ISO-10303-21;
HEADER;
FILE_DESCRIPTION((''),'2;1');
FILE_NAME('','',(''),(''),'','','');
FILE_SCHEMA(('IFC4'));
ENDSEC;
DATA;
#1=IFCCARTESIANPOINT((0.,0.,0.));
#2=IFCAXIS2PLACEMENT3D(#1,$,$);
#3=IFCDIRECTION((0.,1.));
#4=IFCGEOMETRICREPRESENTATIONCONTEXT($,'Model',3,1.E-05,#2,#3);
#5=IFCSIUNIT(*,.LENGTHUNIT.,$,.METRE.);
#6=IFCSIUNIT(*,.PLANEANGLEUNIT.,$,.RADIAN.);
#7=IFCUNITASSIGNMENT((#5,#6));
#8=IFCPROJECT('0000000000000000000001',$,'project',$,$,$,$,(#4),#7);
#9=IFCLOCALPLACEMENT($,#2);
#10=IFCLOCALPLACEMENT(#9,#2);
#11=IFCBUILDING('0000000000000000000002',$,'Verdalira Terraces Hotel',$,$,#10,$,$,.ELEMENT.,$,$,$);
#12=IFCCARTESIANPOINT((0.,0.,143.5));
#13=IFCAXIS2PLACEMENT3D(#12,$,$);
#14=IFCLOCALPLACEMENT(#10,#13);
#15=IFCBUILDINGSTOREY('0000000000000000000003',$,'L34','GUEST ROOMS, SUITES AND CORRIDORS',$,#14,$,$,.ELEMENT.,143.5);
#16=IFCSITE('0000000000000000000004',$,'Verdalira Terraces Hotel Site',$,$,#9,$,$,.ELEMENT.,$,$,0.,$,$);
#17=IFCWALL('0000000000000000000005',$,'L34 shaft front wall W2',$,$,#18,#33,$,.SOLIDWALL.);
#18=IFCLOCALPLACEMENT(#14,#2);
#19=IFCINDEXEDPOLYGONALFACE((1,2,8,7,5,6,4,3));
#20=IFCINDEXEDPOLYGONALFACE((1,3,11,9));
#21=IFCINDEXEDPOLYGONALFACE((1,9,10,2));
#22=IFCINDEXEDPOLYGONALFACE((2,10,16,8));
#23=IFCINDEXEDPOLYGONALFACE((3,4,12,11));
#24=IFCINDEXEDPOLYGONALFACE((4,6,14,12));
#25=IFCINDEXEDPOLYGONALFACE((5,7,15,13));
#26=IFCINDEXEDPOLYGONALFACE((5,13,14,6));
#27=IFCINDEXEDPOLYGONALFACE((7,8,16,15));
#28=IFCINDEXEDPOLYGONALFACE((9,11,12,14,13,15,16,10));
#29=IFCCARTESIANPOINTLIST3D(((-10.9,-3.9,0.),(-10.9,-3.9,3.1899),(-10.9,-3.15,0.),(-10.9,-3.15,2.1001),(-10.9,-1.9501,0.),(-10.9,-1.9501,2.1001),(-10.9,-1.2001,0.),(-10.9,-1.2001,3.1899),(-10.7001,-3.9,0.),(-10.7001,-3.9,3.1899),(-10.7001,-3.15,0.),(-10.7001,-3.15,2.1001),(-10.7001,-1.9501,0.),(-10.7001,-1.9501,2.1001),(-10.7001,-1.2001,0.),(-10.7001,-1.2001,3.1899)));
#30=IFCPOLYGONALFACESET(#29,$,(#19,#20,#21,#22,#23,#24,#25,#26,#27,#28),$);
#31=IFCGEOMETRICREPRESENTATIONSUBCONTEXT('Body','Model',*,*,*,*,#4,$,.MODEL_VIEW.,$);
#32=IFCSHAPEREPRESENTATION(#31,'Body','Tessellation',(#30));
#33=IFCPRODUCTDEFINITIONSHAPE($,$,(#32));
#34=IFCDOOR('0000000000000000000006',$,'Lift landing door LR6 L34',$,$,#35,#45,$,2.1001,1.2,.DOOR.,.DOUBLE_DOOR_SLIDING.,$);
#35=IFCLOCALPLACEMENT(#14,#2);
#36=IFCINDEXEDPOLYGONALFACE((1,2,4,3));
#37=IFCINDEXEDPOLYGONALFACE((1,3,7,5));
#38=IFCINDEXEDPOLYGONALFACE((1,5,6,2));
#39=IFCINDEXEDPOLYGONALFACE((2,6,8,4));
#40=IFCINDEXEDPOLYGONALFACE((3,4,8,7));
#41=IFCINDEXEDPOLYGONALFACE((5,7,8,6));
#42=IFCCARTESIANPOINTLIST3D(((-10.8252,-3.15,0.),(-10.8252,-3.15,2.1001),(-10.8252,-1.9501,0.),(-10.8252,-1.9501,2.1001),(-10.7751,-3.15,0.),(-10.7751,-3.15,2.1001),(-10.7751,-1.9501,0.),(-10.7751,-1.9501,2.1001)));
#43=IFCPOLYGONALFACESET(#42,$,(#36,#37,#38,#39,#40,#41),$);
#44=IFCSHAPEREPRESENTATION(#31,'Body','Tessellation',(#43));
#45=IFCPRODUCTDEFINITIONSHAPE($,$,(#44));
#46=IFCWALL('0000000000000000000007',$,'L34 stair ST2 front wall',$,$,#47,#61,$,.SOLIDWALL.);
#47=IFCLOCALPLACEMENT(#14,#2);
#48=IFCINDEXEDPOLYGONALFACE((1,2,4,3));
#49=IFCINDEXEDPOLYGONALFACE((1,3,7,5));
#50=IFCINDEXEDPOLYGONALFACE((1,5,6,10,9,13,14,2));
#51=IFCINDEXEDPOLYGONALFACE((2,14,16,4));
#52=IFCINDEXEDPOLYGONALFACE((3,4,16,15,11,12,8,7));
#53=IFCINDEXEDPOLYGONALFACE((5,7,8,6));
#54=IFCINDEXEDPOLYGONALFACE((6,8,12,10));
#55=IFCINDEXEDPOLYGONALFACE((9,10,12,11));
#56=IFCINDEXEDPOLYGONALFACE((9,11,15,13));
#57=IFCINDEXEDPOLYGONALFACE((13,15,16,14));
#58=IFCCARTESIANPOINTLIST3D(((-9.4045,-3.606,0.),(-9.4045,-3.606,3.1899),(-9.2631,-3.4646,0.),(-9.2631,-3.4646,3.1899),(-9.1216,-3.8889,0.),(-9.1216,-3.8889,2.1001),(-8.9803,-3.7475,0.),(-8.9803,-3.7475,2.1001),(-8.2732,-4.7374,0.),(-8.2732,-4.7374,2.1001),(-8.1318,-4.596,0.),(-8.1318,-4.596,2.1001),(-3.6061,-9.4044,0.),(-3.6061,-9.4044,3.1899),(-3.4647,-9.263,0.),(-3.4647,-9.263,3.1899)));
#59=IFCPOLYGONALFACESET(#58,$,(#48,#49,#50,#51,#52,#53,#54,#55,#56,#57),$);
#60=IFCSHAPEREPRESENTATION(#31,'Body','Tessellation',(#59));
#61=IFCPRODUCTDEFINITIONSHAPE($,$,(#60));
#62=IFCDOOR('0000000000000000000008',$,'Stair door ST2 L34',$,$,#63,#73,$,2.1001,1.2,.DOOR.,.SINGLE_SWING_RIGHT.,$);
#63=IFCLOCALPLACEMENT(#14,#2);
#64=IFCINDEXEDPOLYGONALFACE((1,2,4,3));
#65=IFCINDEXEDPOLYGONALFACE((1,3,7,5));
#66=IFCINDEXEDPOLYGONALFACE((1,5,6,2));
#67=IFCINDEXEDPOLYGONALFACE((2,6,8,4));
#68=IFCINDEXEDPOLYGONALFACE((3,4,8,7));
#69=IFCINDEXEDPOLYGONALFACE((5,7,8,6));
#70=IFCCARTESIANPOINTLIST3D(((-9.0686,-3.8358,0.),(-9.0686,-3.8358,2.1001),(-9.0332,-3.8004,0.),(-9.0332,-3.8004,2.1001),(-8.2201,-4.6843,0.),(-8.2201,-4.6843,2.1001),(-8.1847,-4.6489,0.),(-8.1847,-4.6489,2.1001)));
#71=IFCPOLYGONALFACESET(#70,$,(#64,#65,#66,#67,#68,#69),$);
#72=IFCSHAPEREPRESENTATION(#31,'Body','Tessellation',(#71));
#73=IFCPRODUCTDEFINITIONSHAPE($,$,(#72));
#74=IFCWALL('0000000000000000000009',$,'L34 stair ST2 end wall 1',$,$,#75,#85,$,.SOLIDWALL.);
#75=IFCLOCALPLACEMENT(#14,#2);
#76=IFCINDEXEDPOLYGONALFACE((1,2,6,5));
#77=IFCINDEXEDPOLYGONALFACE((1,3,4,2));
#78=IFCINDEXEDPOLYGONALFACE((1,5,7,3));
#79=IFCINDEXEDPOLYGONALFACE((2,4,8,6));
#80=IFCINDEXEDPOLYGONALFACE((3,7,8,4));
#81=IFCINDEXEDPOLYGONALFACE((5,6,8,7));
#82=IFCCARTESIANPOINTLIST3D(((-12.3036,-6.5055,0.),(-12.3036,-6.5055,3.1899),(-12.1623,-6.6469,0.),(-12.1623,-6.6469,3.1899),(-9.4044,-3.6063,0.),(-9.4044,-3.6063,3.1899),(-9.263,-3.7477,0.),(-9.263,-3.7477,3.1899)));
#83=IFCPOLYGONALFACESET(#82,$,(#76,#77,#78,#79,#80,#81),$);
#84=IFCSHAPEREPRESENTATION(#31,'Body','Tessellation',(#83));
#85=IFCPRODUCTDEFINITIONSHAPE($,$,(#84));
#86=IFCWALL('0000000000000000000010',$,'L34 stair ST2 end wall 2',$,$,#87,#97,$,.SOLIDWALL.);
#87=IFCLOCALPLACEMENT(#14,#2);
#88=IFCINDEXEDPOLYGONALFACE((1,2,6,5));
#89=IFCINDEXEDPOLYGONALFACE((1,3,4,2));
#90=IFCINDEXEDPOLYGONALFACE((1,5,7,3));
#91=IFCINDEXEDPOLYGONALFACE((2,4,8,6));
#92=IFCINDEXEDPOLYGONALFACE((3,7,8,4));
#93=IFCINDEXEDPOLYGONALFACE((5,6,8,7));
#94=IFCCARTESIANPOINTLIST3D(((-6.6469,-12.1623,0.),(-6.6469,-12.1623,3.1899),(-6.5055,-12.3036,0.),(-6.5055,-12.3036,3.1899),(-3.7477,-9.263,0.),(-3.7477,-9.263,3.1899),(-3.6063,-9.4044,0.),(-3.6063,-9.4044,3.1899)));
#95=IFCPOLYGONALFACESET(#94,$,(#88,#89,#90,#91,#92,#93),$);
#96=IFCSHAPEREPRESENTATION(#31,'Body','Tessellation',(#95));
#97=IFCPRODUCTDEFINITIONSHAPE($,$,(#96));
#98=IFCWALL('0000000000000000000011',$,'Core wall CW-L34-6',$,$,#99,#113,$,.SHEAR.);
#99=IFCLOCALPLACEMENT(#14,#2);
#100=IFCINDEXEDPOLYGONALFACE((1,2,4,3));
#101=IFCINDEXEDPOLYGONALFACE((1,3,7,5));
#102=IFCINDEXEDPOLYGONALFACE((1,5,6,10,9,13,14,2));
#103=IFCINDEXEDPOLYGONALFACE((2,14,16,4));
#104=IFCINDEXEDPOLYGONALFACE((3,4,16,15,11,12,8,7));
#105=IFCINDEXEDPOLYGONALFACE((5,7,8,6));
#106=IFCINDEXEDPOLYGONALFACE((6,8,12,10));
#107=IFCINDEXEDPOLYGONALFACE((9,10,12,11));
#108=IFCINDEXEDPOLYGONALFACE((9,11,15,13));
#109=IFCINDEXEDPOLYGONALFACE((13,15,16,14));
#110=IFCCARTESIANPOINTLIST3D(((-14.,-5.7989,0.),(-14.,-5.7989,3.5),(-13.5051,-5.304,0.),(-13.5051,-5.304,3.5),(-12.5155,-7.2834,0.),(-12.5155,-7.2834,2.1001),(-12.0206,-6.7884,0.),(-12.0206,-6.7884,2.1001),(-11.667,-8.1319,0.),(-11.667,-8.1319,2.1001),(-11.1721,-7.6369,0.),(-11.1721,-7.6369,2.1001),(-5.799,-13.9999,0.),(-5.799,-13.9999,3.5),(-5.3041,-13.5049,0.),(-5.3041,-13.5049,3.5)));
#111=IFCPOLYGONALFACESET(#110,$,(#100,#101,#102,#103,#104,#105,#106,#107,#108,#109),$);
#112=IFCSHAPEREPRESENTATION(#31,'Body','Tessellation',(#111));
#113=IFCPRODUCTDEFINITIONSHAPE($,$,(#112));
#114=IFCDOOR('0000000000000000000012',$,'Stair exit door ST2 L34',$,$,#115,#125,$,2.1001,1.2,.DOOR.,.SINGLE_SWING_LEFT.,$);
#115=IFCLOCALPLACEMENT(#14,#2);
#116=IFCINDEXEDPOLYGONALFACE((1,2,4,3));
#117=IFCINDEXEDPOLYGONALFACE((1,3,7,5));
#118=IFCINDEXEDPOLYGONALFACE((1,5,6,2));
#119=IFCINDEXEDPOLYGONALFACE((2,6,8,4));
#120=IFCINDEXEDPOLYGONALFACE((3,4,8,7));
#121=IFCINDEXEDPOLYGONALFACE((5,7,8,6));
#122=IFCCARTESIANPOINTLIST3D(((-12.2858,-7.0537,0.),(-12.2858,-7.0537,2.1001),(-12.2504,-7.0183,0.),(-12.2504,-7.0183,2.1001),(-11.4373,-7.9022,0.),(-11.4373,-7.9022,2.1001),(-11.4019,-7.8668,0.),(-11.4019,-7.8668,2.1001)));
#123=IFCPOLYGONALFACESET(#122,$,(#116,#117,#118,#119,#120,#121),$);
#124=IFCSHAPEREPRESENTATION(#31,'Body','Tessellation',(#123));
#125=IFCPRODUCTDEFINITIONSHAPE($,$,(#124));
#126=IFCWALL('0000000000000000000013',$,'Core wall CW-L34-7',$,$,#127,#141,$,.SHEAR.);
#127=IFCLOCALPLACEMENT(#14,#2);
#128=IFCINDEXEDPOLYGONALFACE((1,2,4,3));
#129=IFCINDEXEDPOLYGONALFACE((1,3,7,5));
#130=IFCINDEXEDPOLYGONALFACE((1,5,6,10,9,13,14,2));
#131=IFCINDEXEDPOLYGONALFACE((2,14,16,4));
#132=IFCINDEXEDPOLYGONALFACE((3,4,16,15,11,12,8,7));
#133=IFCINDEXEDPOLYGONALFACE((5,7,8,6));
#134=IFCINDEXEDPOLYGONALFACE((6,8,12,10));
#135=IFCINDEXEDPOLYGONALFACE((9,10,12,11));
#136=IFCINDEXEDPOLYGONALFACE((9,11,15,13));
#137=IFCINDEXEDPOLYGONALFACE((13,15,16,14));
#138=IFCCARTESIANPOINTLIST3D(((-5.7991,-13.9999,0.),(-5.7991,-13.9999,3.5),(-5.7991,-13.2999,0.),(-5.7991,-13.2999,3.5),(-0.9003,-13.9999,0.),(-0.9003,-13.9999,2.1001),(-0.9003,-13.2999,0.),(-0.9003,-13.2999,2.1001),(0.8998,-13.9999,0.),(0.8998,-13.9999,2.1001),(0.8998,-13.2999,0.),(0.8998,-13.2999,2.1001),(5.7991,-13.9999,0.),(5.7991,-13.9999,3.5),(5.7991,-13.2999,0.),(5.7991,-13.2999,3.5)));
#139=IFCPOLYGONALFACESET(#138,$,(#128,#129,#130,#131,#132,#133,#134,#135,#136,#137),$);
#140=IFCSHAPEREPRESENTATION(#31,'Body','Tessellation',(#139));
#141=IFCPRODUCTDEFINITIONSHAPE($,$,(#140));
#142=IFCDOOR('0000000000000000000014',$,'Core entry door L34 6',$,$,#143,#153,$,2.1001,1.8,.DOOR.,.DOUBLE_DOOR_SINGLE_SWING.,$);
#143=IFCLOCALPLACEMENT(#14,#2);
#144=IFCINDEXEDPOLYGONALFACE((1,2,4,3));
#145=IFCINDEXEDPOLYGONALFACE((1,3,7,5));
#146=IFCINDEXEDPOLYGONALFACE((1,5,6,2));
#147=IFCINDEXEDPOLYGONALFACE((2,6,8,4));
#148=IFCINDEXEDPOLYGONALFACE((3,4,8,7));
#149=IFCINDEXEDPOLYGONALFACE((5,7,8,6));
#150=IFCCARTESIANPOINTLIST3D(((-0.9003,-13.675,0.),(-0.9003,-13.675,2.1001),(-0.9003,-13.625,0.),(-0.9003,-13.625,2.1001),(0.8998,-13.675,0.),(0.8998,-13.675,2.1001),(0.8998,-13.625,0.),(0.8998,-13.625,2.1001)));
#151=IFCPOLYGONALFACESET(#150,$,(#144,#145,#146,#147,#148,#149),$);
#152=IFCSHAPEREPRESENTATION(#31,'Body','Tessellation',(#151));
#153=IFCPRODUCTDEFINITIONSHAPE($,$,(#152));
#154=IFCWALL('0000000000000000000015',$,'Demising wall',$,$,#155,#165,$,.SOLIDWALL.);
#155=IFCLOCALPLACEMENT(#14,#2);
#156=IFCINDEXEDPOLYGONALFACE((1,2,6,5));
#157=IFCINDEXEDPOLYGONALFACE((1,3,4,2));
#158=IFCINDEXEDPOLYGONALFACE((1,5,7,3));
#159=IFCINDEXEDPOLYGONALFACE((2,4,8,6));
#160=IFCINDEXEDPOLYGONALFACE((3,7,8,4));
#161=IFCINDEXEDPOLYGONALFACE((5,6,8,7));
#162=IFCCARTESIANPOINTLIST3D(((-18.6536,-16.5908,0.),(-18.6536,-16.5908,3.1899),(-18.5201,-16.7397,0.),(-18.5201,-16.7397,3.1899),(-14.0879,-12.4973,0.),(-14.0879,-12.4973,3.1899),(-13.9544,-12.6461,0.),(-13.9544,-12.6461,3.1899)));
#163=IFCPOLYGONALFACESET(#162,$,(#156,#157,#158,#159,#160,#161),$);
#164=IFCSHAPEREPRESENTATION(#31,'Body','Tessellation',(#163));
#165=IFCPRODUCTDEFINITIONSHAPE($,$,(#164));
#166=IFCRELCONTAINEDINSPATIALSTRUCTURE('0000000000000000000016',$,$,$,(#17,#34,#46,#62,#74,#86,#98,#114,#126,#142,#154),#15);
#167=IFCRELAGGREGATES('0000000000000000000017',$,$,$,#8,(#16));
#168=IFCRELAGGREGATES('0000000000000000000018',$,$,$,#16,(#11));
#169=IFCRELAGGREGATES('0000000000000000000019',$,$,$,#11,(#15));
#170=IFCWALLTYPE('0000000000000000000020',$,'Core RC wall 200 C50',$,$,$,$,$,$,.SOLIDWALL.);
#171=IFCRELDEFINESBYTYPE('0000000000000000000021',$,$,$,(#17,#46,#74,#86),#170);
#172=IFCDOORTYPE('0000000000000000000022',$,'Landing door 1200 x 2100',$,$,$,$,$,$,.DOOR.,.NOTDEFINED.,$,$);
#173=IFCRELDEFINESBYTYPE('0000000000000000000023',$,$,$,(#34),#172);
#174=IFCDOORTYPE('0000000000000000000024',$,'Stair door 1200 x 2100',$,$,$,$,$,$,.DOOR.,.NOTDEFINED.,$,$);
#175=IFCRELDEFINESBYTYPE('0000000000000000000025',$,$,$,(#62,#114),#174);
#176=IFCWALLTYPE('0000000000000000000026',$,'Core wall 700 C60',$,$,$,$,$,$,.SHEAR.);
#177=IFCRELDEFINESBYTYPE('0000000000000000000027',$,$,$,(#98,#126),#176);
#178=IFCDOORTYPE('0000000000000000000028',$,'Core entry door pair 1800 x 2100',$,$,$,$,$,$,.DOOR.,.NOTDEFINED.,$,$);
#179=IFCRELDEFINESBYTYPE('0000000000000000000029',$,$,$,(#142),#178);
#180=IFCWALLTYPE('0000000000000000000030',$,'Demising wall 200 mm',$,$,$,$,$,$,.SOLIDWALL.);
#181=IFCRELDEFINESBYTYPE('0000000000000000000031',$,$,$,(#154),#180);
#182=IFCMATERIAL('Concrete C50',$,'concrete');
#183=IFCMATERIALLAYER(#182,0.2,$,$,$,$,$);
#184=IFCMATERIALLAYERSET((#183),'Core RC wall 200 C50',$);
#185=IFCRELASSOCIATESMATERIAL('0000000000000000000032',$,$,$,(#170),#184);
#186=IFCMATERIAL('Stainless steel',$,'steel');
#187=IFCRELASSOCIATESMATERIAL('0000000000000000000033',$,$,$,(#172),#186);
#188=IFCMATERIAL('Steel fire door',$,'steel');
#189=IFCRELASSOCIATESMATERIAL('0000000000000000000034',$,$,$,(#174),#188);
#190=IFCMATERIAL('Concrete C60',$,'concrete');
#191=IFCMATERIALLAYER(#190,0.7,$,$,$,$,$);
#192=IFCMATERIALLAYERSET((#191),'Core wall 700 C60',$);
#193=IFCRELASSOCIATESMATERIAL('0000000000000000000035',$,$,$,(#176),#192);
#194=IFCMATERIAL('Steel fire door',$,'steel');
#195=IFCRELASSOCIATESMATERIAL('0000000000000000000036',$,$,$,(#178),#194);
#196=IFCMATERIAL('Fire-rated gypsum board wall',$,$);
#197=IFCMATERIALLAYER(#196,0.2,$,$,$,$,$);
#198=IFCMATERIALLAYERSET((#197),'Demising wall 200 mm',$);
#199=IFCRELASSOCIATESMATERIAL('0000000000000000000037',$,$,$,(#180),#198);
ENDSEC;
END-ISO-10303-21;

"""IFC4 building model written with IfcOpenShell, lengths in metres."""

from ifc_helpers import new_model, si_unit, direction, frame, frame_2d, origin, place, context, subcontext, project, spatial, rectangle, extrude, material, layer, layer_set, type_object, element, fill, save


model = new_model("IFC4")

# Units and contexts
model_context = context("Model", 3, precision=1e-05, world=origin(), true_north=direction((0.0, 1.0)))
body_context = subcontext(model_context, "Body", "Model", "MODEL_VIEW")
ifc_project = project(units=[si_unit("LENGTHUNIT", "METRE"), si_unit("PLANEANGLEUNIT", "RADIAN")], contexts=[model_context])

# Site, building, storey
site_placement = place(None, origin())
site = spatial("IfcSite", under=ifc_project, at=site_placement, Name="Verdalira Terraces Hotel Site", CompositionType="ELEMENT", RefElevation=0.0)
building_placement = place(site_placement, origin())
building = spatial("IfcBuilding", under=site, at=building_placement, Name="Verdalira Terraces Hotel", CompositionType="ELEMENT")
storey_placement = place(building_placement, frame((0.0, 0.0, 143.5)))
storey = spatial("IfcBuildingStorey", under=building, at=storey_placement, Name="L34", Description="GUEST ROOMS, SUITES AND CORRIDORS", CompositionType="ELEMENT", Elevation=143.5)

# Walls, openings, doors
ifc_material_1 = material(Name="Concrete C50", Category="concrete")
ifc_layer_1 = layer(ifc_material_1, 0.2)
ifc_layer_set_1 = layer_set([ifc_layer_1], Name="Core RC wall 200 C50")
wall_type_1 = type_object("IfcWallType", Name="Core RC wall 200 C50", PredefinedType="SOLIDWALL", material=ifc_layer_set_1)
wall_1_placement = place(storey_placement, frame((-10.8, -1.2, 0.0), z_axis=(0.0, 0.0, 1.0), x_axis=(0.0, -1.0, 0.0)))
wall_1 = element("IfcWall", 1, at=wall_1_placement, inside=storey, type_object=wall_type_1, Name="L34 shaft front wall W2", PredefinedType="SOLIDWALL", context=body_context, shape_type="SweptSolid", body=[
    extrude(rectangle(XDim=2.7, YDim=0.2, at=frame_2d((1.3501, 0.0))), origin(), (0.0, 0.0, 1.0), 3.1899),
])
opening_1_placement = place(wall_1_placement, frame((0.75, 0.0, 0.0)))
opening_1 = element("IfcOpeningElement", 2, at=opening_1_placement, cuts=wall_1, PredefinedType="OPENING", context=body_context, shape_type="SweptSolid", body=[
    extrude(rectangle(XDim=1.2, YDim=2.1001, at=frame_2d((0.6001, 1.05))), frame((0.0, 0.1099, 0.0), z_axis=(0.0, -1.0, 0.0), x_axis=(1.0, 0.0, 0.0)), (0.0, 0.0, 1.0), 0.22),
])
ifc_material_2 = material(Name="Stainless steel", Category="steel")
door_type_1 = type_object("IfcDoorType", Name="Landing door 1200 x 2100", OperationType="NOTDEFINED", PredefinedType="DOOR", material=ifc_material_2)
door_1_placement = place(opening_1_placement, origin())
door_1 = element("IfcDoor", 3, at=door_1_placement, inside=storey, type_object=door_type_1, Name="Lift landing door LR6 L34", OperationType="DOUBLE_DOOR_SLIDING", OverallHeight=2.1001, OverallWidth=1.2, PredefinedType="DOOR", context=body_context, shape_type="SweptSolid", body=[
    extrude(rectangle(XDim=1.2, YDim=2.1001, at=frame_2d((0.6001, 1.05))), frame((0.0, 0.0249, 0.0), z_axis=(0.0, -1.0, 0.0), x_axis=(1.0, 0.0, 0.0)), (0.0, 0.0, 1.0), 0.05),
])
fill(opening_1, door_1)
wall_2_placement = place(storey_placement, frame((-3.5354, -9.3337, 0.0), z_axis=(0.0, 0.0, 1.0), x_axis=(-0.707107, 0.707107, 0.0)))
wall_2 = element("IfcWall", 4, at=wall_2_placement, inside=storey, type_object=wall_type_1, Name="L34 stair ST2 front wall", PredefinedType="SOLIDWALL", context=body_context, shape_type="SweptSolid", body=[
    extrude(rectangle(XDim=8.2002, YDim=0.2, at=frame_2d((4.1001, 0.0))), origin(), (0.0, 0.0, 1.0), 3.1899),
])
opening_2_placement = place(wall_2_placement, frame((6.6001, 0.0, 0.0)))
opening_2 = element("IfcOpeningElement", 5, at=opening_2_placement, cuts=wall_2, PredefinedType="OPENING", context=body_context, shape_type="SweptSolid", body=[
    extrude(rectangle(XDim=1.2, YDim=2.1001, at=frame_2d((0.6001, 1.05))), frame((0.0, 0.1099, 0.0), z_axis=(0.0, -1.0, 0.0), x_axis=(1.0, 0.0, 0.0)), (0.0, 0.0, 1.0), 0.22),
])
ifc_material_3 = material(Name="Steel fire door", Category="steel")
door_type_2 = type_object("IfcDoorType", Name="Stair door 1200 x 2100", OperationType="NOTDEFINED", PredefinedType="DOOR", material=ifc_material_3)
door_2_placement = place(opening_2_placement, origin())
door_2 = element("IfcDoor", 6, at=door_2_placement, inside=storey, type_object=door_type_2, Name="Stair door ST2 L34", OperationType="SINGLE_SWING_RIGHT", OverallHeight=2.1001, OverallWidth=1.2, PredefinedType="DOOR", context=body_context, shape_type="SweptSolid", body=[
    extrude(rectangle(XDim=1.2, YDim=2.1001, at=frame_2d((0.6001, 1.05))), frame((0.0, 0.0249, 0.0), z_axis=(0.0, -1.0, 0.0), x_axis=(1.0, 0.0, 0.0)), (0.0, 0.0, 1.0), 0.05),
])
fill(opening_2, door_2)

# Walls
for number, where, z_axis, x_axis, name in (
    (7, (-9.3337, -3.677, 0.0), (0.0, 0.0, 1.0), (-0.707107, -0.707107, 0.0), "L34 stair ST2 end wall 1"),
    (8, (-3.677, -9.3337, 0.0), (0.0, 0.0, 1.0), (-0.707107, -0.707107, 0.0), "L34 stair ST2 end wall 2"),
):
    element("IfcWall", number, at=place(storey_placement, frame(where, z_axis=z_axis, x_axis=x_axis)), inside=storey, type_object=wall_type_1, Name=name, PredefinedType="SOLIDWALL", context=body_context, shape_type="SweptSolid", body=[
        extrude(rectangle(XDim=4.1001, YDim=0.2, at=frame_2d((2.05, 0.0))), origin(), (0.0, 0.0, 1.0), 3.1899),
    ])

# Walls, openings, doors
ifc_material_4 = material(Name="Concrete C60", Category="concrete")
ifc_layer_2 = layer(ifc_material_4, 0.7)
ifc_layer_set_2 = layer_set([ifc_layer_2], Name="Core wall 700 C60")
wall_type_2 = type_object("IfcWallType", Name="Core wall 700 C60", PredefinedType="SHEAR", material=ifc_layer_set_2)
wall_3_placement = place(storey_placement, frame((-13.7524, -5.5515, 0.0), z_axis=(0.0, 0.0, 1.0), x_axis=(0.707107, -0.707107, 0.0)))
wall_3 = element("IfcWall", 9, at=wall_3_placement, inside=storey, type_object=wall_type_2, Name="Core wall CW-L34-6", PredefinedType="SHEAR", context=body_context, shape_type="SweptSolid", body=[
    extrude(rectangle(XDim=11.5979, YDim=0.7, at=frame_2d((5.7988, 0.0))), origin(), (0.0, 0.0, 1.0), 3.5),
])
opening_3_placement = place(wall_3_placement, frame((2.0991, 0.0, 0.0)))
opening_3 = element("IfcOpeningElement", 10, at=opening_3_placement, cuts=wall_3, PredefinedType="OPENING", context=body_context, shape_type="SweptSolid", body=[
    extrude(rectangle(XDim=1.2, YDim=2.1001, at=frame_2d((0.6001, 1.05))), frame((0.0, 0.3599, 0.0), z_axis=(0.0, -1.0, 0.0), x_axis=(1.0, 0.0, 0.0)), (0.0, 0.0, 1.0), 0.72),
])
door_3_placement = place(opening_3_placement, origin())
door_3 = element("IfcDoor", 11, at=door_3_placement, inside=storey, type_object=door_type_2, Name="Stair exit door ST2 L34", OperationType="SINGLE_SWING_LEFT", OverallHeight=2.1001, OverallWidth=1.2, PredefinedType="DOOR", context=body_context, shape_type="SweptSolid", body=[
    extrude(rectangle(XDim=1.2, YDim=2.1001, at=frame_2d((0.6001, 1.05))), frame((0.0, 0.0249, 0.0), z_axis=(0.0, -1.0, 0.0), x_axis=(1.0, 0.0, 0.0)), (0.0, 0.0, 1.0), 0.05),
])
fill(opening_3, door_3)
wall_4_placement = place(storey_placement, frame((-5.7991, -13.6499, 0.0), z_axis=(0.0, 0.0, 1.0), x_axis=(1.0, 0.0, 0.0)))
wall_4 = element("IfcWall", 12, at=wall_4_placement, inside=storey, type_object=wall_type_2, Name="Core wall CW-L34-7", PredefinedType="SHEAR", context=body_context, shape_type="SweptSolid", body=[
    extrude(rectangle(XDim=11.5981, YDim=0.7, at=frame_2d((5.7991, 0.0))), origin(), (0.0, 0.0, 1.0), 3.5),
])
opening_4_placement = place(wall_4_placement, frame((4.8989, 0.0, 0.0)))
opening_4 = element("IfcOpeningElement", 13, at=opening_4_placement, cuts=wall_4, PredefinedType="OPENING", context=body_context, shape_type="SweptSolid", body=[
    extrude(rectangle(XDim=1.8, YDim=2.1001, at=frame_2d((0.8999, 1.05))), frame((0.0, 0.3599, 0.0), z_axis=(0.0, -1.0, 0.0), x_axis=(1.0, 0.0, 0.0)), (0.0, 0.0, 1.0), 0.72),
])
ifc_material_5 = material(Name="Steel fire door", Category="steel")
door_type_3 = type_object("IfcDoorType", Name="Core entry door pair 1800 x 2100", OperationType="NOTDEFINED", PredefinedType="DOOR", material=ifc_material_5)
door_4_placement = place(opening_4_placement, origin())
door_4 = element("IfcDoor", 14, at=door_4_placement, inside=storey, type_object=door_type_3, Name="Core entry door L34 6", OperationType="DOUBLE_DOOR_SINGLE_SWING", OverallHeight=2.1001, OverallWidth=1.8, PredefinedType="DOOR", context=body_context, shape_type="SweptSolid", body=[
    extrude(rectangle(XDim=1.8, YDim=2.1001, at=frame_2d((0.8999, 1.05))), frame((0.0, 0.0249, 0.0), z_axis=(0.0, -1.0, 0.0), x_axis=(1.0, 0.0, 0.0)), (0.0, 0.0, 1.0), 0.05),
])
fill(opening_4, door_4)

# Wall
ifc_material_6 = material(Name="Fire-rated gypsum board wall")
ifc_layer_3 = layer(ifc_material_6, 0.2)
ifc_layer_set_3 = layer_set([ifc_layer_3], Name="Demising wall 200 mm")
wall_type_3 = type_object("IfcWallType", Name="Demising wall 200 mm", PredefinedType="SOLIDWALL", material=ifc_layer_set_3)
wall_5_placement = place(storey_placement, frame((-14.0212, -12.5718, 0.0), z_axis=(0.0, 0.0, 1.0), x_axis=(-0.744558, -0.667558, 0.0)))
element("IfcWall", 15, at=wall_5_placement, inside=storey, type_object=wall_type_3, Name="Demising wall", PredefinedType="SOLIDWALL", context=body_context, shape_type="SweptSolid", body=[
    extrude(rectangle(XDim=6.1321, YDim=0.2, at=frame_2d((3.0659, 0.0))), origin(), (0.0, 0.0, 1.0), 3.1899),
])

save(model, "model.ifc")
